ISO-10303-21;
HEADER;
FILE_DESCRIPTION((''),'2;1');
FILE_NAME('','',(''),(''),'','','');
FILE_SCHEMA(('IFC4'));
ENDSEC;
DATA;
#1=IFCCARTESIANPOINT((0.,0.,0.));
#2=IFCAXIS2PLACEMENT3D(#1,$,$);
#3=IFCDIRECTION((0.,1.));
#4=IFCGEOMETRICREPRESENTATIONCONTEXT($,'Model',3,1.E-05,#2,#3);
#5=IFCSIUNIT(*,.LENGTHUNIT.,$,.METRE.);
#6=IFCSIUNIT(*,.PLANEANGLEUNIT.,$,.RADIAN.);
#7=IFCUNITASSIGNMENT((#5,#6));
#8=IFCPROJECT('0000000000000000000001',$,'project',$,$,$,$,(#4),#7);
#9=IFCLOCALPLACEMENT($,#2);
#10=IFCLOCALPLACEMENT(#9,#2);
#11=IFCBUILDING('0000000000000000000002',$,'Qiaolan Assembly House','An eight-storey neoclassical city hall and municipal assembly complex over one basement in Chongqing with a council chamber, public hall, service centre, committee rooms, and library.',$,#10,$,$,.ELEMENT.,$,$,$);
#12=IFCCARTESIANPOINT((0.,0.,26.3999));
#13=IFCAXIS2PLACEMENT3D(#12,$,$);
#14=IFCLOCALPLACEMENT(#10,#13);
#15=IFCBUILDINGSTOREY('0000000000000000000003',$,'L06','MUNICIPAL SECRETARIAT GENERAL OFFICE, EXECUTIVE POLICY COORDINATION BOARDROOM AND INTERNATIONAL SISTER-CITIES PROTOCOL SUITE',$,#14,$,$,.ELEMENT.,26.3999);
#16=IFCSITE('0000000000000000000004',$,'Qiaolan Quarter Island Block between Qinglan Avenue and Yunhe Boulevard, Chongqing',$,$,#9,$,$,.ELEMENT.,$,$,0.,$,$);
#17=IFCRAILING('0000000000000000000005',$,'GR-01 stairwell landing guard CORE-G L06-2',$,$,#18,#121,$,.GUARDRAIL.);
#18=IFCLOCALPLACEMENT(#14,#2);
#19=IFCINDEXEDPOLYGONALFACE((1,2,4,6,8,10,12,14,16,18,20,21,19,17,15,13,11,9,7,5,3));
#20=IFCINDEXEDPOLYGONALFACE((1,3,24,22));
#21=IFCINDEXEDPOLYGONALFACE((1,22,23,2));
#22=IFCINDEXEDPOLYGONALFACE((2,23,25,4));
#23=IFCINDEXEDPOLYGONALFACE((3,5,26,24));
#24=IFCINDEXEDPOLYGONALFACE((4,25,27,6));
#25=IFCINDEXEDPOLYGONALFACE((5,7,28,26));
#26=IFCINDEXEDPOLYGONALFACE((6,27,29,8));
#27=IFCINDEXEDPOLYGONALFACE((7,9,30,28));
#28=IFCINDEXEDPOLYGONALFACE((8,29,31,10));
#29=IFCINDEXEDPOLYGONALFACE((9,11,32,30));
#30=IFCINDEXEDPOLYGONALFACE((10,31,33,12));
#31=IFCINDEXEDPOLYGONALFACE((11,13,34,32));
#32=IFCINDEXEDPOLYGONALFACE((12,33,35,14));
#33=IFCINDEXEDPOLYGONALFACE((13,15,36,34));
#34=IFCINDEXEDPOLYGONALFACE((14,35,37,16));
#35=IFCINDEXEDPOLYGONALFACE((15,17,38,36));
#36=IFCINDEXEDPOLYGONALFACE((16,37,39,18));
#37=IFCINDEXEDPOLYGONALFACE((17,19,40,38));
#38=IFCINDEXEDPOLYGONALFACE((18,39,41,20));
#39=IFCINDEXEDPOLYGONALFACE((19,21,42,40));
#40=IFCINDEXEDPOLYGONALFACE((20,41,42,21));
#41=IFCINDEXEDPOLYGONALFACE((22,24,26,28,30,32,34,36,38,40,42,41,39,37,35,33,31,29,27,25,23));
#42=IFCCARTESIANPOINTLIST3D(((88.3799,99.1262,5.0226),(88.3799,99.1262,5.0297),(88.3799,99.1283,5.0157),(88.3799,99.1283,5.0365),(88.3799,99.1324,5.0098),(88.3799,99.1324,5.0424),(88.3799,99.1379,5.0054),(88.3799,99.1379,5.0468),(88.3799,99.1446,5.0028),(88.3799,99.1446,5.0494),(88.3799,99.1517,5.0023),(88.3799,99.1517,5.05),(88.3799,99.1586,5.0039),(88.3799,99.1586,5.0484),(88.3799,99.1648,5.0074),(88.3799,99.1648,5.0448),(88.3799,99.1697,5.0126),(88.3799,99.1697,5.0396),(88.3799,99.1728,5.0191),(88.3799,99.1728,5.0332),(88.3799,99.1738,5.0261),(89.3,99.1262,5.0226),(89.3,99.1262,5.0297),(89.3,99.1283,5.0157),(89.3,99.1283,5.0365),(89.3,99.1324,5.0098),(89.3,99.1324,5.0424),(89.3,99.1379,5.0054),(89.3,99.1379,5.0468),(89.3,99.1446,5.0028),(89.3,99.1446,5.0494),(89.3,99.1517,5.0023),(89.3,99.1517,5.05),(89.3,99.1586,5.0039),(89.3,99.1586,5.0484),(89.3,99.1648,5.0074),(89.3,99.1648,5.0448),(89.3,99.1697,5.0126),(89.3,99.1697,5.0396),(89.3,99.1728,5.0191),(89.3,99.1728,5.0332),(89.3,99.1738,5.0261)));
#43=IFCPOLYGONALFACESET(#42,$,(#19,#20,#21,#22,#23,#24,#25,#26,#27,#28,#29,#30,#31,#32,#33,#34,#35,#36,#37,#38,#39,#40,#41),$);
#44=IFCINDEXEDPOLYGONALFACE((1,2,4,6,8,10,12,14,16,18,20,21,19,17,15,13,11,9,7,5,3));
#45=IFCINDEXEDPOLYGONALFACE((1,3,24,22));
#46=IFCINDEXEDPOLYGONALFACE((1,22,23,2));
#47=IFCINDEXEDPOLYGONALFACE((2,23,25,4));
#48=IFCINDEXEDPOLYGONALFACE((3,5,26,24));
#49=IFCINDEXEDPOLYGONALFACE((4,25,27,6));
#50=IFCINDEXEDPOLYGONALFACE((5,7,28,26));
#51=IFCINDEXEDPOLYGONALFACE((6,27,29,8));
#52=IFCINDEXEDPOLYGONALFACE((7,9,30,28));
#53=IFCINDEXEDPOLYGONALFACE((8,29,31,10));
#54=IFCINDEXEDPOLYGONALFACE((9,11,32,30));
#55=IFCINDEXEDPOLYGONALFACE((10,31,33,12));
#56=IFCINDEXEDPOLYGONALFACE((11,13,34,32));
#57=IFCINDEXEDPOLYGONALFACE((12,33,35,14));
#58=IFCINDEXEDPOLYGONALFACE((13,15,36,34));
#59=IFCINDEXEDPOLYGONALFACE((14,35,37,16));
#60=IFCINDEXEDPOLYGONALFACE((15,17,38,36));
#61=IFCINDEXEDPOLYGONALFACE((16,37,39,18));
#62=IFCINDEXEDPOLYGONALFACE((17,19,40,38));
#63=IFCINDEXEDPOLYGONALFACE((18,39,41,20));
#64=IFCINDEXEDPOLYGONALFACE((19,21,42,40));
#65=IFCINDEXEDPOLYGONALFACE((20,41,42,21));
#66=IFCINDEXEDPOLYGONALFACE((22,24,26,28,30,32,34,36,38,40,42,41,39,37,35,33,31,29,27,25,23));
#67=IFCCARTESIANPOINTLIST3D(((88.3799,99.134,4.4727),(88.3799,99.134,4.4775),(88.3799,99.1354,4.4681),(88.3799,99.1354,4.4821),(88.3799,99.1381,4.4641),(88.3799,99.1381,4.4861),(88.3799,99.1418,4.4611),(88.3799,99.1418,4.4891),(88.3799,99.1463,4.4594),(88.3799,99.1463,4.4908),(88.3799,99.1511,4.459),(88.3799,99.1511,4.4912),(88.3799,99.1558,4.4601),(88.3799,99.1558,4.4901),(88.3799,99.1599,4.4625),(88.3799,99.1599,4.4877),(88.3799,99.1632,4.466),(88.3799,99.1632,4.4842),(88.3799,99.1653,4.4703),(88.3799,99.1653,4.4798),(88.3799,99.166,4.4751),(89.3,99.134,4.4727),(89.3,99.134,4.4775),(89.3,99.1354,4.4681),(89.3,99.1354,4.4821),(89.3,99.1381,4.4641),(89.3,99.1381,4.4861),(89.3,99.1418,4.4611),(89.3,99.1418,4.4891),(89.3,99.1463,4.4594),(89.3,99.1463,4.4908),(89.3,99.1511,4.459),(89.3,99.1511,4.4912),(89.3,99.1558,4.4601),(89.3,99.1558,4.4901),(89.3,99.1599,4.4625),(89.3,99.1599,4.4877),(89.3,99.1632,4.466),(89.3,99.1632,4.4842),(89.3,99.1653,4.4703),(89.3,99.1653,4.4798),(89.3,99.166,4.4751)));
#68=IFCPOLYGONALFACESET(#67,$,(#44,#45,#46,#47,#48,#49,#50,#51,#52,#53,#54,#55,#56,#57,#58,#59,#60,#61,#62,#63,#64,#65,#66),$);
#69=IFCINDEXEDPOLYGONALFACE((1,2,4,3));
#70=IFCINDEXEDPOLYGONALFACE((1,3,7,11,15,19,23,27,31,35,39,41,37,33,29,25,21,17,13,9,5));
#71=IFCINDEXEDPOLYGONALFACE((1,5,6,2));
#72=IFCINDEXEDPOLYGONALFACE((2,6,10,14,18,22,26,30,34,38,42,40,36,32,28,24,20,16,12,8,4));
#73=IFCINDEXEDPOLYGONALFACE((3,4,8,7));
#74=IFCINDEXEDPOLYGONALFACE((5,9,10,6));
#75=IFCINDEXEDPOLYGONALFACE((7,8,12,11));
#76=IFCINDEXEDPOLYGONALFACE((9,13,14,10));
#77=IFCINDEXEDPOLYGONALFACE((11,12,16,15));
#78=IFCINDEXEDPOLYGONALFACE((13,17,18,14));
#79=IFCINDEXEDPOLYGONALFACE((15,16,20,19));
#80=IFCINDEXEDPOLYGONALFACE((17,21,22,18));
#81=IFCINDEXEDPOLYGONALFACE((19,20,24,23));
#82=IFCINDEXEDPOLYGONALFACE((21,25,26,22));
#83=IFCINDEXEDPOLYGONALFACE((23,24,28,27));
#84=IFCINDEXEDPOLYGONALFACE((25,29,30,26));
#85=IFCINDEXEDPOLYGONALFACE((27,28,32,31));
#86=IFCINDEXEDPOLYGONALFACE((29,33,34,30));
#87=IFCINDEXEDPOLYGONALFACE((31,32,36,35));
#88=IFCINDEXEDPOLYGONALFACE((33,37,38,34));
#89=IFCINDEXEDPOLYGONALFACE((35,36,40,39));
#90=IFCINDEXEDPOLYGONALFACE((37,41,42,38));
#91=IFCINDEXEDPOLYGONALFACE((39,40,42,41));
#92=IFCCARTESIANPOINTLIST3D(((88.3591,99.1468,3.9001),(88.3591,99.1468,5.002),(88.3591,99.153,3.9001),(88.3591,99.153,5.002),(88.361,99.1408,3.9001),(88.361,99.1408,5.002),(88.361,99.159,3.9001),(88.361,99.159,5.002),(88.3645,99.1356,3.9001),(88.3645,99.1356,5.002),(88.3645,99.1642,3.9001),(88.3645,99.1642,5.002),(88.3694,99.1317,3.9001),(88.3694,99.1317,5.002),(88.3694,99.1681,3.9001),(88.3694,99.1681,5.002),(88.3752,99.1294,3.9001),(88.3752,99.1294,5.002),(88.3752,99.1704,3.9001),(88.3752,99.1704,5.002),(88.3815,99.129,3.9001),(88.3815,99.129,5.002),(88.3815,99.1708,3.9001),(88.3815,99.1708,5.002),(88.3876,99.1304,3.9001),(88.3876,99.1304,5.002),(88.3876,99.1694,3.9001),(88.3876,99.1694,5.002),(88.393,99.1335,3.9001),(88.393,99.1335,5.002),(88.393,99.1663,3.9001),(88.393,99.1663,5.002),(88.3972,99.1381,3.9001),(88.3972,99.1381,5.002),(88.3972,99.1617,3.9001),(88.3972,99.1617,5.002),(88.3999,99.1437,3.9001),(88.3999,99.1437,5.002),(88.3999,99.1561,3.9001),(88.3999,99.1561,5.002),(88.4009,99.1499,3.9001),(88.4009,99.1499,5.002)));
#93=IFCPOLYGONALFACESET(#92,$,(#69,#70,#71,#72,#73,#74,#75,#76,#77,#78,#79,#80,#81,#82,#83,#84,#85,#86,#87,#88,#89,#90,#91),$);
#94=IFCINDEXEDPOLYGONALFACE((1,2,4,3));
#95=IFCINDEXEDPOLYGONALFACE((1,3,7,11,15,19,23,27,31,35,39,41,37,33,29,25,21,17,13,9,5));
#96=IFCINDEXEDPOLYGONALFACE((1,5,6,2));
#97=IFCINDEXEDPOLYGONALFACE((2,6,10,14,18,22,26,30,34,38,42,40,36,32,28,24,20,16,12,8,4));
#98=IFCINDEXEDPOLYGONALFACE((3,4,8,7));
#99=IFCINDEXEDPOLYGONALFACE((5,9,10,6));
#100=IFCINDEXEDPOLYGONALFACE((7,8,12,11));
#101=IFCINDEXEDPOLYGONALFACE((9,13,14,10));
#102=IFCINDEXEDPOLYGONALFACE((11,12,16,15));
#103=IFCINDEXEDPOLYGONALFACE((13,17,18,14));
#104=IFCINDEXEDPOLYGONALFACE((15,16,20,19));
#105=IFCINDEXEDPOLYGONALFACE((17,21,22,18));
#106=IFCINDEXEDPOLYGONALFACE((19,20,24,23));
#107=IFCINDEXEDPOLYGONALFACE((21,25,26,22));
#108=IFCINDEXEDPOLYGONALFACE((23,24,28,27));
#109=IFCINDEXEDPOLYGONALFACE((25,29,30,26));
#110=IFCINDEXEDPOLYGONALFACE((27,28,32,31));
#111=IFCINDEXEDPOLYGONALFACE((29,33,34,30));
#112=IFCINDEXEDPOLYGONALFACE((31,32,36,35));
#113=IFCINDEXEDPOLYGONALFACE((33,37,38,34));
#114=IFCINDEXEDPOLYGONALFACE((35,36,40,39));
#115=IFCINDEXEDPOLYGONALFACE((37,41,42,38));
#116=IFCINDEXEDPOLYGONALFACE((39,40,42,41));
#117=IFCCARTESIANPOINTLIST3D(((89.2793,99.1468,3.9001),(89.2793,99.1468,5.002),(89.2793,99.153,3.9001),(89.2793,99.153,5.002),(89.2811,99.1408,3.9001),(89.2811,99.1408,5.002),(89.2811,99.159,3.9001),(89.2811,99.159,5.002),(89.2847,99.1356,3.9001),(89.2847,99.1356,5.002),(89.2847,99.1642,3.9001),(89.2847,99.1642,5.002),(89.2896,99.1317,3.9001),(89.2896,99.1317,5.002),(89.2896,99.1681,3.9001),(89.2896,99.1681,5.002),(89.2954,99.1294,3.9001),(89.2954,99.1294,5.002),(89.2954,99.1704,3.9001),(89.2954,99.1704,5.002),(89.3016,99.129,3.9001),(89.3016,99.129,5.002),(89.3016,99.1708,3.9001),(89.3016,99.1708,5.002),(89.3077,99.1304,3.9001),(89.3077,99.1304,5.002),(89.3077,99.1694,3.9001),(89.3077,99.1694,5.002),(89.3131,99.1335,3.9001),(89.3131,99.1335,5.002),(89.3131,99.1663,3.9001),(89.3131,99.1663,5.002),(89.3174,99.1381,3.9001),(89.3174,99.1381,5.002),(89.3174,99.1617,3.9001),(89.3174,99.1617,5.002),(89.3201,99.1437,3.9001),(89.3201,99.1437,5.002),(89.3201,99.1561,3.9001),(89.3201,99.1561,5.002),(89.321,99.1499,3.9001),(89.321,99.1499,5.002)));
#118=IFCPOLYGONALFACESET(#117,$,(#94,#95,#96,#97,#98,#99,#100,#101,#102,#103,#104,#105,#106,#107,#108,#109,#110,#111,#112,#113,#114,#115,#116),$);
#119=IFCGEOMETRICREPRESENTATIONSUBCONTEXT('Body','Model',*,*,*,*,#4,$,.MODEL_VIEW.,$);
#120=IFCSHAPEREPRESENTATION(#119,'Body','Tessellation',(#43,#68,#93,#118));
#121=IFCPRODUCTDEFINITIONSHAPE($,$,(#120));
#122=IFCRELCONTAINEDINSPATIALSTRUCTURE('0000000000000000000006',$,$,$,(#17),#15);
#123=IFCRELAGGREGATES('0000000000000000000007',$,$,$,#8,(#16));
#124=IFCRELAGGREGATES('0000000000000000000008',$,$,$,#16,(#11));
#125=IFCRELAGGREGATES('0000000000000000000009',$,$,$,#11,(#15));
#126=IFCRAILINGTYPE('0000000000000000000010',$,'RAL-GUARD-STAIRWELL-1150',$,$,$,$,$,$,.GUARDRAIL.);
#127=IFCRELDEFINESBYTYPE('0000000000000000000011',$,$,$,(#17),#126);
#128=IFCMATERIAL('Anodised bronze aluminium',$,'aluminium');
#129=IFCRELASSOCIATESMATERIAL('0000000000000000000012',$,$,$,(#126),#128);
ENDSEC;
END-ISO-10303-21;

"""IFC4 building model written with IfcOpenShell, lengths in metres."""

from ifc_helpers import new_model, si_unit, direction, frame, origin, origin_2d, place, context, subcontext, project, spatial, circle, extrude, material, type_object, element, save


model = new_model("IFC4")

# Units and contexts
model_context = context("Model", 3, precision=1e-05, world=origin(), true_north=direction((0.0, 1.0)))
body_context = subcontext(model_context, "Body", "Model", "MODEL_VIEW")
ifc_project = project(units=[si_unit("LENGTHUNIT", "METRE"), si_unit("PLANEANGLEUNIT", "RADIAN")], contexts=[model_context])

# Site, building, storey
site_placement = place(None, origin())
site = spatial("IfcSite", under=ifc_project, at=site_placement, Name="Qiaolan Quarter Island Block between Qinglan Avenue and Yunhe Boulevard, Chongqing", CompositionType="ELEMENT", RefElevation=0.0)
building_placement = place(site_placement, origin())
building = spatial("IfcBuilding", under=site, at=building_placement, Name="Qiaolan Assembly House", Description="An eight-storey neoclassical city hall and municipal assembly complex over one basement in Chongqing with a council chamber, public hall, service centre, committee rooms, and library.", CompositionType="ELEMENT")
storey_placement = place(building_placement, frame((0.0, 0.0, 26.3999)))
storey = spatial("IfcBuildingStorey", under=building, at=storey_placement, Name="L06", Description="MUNICIPAL SECRETARIAT GENERAL OFFICE, EXECUTIVE POLICY COORDINATION BOARDROOM AND INTERNATIONAL SISTER-CITIES PROTOCOL SUITE", CompositionType="ELEMENT", Elevation=26.3999)

# Railing
ifc_material_1 = material(Name="Anodised bronze aluminium", Category="aluminium")
railing_type_1 = type_object("IfcRailingType", Name="RAL-GUARD-STAIRWELL-1150", PredefinedType="GUARDRAIL", material=ifc_material_1)
for number, where, name in (
    (1, (88.3799, 99.1499, 3.9001), "GR-01 stairwell landing guard CORE-G L06-2"),
):
    element("IfcRailing", number, at=place(storey_placement, frame(where)), inside=storey, type_object=railing_type_1, Name=name, PredefinedType="GUARDRAIL", context=body_context, shape_type="SweptSolid", body=[
        extrude(circle(Radius=0.0239, at=origin_2d()), frame((0.0, 0.0, 1.126), z_axis=(1.0, 0.0, 0.0), x_axis=(0.0, 1.0, 0.0)), (0.0, 0.0, 1.0), 0.9202),
        extrude(circle(Radius=0.0161, at=origin_2d()), frame((0.0, 0.0, 0.575), z_axis=(1.0, 0.0, 0.0), x_axis=(0.0, 1.0, 0.0)), (0.0, 0.0, 1.0), 0.9202),
        extrude(circle(Radius=0.021, at=origin_2d()), origin(), (0.0, 0.0, 1.0), 1.1018),
        extrude(circle(Radius=0.021, at=origin_2d()), frame((0.9202, 0.0, 0.0)), (0.0, 0.0, 1.0), 1.1018),
    ])

save(model, "model.ifc")
